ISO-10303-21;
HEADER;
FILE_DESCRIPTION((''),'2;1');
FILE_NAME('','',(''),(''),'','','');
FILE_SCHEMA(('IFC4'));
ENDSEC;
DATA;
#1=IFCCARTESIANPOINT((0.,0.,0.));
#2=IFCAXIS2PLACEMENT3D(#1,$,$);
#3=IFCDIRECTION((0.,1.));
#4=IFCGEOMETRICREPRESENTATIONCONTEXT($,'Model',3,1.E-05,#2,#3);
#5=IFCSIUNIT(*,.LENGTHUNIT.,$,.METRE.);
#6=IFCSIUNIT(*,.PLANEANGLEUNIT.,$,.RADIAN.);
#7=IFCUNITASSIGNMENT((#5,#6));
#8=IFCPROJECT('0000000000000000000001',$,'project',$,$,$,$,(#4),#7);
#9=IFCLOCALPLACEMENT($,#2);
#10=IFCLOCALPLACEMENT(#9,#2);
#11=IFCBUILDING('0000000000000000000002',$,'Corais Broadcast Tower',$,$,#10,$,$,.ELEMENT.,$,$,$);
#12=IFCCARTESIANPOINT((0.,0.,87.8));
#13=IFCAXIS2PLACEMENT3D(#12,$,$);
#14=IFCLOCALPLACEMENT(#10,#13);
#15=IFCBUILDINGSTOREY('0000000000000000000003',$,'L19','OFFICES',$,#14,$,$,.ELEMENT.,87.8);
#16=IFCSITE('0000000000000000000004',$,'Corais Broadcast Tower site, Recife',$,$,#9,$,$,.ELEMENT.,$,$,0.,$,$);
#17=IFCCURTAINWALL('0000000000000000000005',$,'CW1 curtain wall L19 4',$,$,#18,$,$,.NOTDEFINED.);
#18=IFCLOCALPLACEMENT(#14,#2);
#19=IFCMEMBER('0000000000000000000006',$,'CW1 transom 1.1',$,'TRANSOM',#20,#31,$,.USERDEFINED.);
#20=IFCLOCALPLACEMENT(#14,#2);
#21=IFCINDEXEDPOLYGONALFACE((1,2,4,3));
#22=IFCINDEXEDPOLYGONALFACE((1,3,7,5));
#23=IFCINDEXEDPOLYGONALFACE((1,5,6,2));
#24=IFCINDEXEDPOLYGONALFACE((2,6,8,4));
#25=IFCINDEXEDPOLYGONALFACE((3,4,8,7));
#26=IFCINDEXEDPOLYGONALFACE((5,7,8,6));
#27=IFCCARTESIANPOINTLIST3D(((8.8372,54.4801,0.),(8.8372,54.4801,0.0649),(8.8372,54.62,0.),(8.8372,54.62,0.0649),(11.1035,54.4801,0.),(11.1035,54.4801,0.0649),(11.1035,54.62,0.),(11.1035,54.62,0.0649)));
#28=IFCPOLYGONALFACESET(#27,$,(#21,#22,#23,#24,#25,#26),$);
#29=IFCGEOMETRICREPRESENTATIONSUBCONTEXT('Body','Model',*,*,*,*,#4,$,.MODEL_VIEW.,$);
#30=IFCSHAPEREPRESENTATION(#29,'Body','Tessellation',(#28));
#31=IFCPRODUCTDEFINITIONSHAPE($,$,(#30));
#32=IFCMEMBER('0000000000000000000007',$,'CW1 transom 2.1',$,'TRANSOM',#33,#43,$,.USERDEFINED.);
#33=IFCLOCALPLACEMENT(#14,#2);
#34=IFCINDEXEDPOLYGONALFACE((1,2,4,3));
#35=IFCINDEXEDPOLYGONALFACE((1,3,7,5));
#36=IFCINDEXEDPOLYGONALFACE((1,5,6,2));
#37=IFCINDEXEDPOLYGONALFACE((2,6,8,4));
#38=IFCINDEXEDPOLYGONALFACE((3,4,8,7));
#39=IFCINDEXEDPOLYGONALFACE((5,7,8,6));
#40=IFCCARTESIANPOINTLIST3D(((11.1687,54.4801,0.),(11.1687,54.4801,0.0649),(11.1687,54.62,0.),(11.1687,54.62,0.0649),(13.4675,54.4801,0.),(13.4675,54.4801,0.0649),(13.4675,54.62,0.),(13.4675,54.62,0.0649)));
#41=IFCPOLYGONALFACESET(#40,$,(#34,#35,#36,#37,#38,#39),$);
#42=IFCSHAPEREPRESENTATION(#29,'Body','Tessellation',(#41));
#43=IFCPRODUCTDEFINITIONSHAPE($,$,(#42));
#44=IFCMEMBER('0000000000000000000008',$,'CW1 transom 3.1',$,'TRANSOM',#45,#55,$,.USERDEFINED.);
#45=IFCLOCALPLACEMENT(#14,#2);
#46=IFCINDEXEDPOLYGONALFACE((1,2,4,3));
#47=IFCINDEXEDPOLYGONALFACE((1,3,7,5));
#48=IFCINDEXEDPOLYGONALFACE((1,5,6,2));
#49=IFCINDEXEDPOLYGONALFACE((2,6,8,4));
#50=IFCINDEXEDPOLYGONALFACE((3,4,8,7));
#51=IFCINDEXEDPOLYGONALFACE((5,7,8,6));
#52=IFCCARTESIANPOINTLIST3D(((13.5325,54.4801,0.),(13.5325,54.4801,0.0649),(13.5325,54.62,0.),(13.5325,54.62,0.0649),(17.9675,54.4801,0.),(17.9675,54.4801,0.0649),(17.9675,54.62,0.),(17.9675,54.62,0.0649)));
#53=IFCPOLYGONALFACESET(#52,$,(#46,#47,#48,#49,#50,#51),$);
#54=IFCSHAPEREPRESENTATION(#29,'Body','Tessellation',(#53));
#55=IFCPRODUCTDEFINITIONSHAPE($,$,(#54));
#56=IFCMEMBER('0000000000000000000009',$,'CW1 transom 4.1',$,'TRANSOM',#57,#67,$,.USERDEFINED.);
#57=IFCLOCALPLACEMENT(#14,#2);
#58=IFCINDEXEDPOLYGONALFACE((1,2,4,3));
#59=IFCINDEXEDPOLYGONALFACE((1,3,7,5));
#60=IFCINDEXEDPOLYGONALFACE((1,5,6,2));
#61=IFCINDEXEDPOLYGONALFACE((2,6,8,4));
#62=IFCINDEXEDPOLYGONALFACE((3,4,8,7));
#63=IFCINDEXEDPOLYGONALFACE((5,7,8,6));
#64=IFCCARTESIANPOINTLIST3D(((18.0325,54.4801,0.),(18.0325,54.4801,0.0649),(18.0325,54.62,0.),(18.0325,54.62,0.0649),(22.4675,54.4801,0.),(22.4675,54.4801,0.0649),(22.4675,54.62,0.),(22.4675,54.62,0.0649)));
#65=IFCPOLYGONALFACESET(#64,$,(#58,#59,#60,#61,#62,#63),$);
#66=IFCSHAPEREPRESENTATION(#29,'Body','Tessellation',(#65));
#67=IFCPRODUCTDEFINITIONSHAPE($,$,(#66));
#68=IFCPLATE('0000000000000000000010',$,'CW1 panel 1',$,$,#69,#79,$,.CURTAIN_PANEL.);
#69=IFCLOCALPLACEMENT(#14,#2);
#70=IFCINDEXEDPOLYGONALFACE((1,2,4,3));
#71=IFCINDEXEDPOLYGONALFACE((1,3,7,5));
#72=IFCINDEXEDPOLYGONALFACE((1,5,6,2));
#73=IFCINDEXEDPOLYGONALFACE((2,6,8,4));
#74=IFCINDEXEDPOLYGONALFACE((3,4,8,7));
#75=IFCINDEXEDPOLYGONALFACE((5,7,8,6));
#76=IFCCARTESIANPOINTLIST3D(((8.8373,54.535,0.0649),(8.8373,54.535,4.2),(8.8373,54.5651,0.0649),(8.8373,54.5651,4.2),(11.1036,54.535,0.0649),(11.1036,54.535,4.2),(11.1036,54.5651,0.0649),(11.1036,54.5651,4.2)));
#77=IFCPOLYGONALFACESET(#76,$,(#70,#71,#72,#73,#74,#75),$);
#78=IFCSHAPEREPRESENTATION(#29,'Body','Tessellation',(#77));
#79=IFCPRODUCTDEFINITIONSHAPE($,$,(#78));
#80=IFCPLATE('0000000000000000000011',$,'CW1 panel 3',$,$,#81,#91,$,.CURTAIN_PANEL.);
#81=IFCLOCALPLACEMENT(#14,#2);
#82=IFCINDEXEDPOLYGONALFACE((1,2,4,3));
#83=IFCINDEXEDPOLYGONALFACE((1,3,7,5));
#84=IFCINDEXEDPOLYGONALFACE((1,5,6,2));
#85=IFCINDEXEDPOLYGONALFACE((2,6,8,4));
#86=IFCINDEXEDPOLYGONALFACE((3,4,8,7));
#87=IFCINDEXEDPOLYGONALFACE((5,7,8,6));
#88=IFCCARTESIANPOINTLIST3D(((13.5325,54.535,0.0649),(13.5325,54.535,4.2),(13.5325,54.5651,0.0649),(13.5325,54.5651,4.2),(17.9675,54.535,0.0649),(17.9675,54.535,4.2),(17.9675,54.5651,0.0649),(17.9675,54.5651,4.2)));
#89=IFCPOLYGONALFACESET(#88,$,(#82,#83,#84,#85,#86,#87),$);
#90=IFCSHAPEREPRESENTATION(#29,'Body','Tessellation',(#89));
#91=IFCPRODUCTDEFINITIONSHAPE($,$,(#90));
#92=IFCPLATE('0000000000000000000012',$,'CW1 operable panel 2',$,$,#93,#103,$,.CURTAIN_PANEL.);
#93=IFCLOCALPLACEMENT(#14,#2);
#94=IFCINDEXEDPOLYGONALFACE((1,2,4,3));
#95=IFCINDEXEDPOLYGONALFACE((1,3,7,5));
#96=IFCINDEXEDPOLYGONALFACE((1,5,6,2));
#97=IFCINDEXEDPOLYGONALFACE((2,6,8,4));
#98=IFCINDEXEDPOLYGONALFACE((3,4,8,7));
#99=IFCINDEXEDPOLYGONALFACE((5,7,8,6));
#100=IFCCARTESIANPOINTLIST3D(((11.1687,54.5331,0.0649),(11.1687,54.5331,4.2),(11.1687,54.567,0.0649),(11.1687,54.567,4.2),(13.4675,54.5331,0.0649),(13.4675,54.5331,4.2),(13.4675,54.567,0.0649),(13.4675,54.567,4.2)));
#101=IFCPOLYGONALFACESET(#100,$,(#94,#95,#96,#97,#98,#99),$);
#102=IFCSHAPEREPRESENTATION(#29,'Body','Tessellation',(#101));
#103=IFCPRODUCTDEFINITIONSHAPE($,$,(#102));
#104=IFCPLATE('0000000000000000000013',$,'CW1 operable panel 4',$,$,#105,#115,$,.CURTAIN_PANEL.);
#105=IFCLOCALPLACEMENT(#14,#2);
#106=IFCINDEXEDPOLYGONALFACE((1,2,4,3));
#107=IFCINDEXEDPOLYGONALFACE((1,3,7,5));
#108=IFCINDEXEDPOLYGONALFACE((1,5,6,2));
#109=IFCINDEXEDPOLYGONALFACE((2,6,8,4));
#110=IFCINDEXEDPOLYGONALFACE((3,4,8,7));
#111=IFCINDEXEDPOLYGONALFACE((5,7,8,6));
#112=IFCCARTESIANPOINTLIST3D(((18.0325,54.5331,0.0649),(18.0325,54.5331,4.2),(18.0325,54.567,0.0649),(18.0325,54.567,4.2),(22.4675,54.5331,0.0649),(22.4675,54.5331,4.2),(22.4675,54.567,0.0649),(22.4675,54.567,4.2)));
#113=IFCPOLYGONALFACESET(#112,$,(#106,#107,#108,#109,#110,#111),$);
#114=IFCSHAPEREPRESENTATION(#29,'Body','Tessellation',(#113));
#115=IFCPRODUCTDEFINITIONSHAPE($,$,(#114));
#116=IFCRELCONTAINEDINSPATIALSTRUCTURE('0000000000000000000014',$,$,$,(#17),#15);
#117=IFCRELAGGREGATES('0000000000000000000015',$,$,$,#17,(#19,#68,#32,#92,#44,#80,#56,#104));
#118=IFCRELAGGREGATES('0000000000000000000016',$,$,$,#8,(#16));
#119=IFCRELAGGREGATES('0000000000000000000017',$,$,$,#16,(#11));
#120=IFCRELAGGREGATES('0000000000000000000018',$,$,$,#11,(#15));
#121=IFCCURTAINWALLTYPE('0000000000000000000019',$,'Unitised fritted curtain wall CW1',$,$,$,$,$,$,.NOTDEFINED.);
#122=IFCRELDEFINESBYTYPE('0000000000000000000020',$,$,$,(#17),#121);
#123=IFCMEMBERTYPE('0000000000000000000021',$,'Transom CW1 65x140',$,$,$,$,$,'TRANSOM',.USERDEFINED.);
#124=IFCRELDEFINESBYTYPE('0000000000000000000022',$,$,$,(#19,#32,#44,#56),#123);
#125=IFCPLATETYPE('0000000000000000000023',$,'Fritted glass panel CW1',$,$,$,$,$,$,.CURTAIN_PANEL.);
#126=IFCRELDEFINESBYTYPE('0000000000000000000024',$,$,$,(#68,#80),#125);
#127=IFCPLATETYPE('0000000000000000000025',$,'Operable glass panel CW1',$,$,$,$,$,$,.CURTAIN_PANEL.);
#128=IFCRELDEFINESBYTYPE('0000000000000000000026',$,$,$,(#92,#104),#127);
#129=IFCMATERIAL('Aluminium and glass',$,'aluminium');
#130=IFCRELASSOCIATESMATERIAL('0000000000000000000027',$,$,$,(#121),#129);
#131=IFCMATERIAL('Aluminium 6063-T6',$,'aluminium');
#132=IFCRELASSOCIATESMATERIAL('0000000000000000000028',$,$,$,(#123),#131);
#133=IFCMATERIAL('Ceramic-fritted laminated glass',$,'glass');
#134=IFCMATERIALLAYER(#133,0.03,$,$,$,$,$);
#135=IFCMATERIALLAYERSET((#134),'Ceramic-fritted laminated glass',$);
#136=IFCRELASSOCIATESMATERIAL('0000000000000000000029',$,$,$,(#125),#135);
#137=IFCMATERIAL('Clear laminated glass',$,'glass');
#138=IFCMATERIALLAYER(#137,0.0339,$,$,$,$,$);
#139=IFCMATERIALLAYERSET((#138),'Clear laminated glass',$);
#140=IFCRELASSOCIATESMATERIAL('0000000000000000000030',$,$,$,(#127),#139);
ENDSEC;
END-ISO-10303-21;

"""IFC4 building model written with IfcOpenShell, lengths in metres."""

from ifc_helpers import new_model, si_unit, direction, frame, origin, origin_2d, place, context, subcontext, project, spatial, rectangle, extrude, material, layer, layer_set, material_profile, profile_set, type_object, element, aggregate, save


model = new_model("IFC4")

# Units and contexts
model_context = context("Model", 3, precision=1e-05, world=origin(), true_north=direction((0.0, 1.0)))
body_context = subcontext(model_context, "Body", "Model", "MODEL_VIEW")
ifc_project = project(units=[si_unit("LENGTHUNIT", "METRE"), si_unit("PLANEANGLEUNIT", "RADIAN")], contexts=[model_context])

# Site, building, storey
site_placement = place(None, origin())
site = spatial("IfcSite", under=ifc_project, at=site_placement, Name="Corais Broadcast Tower site, Recife", CompositionType="ELEMENT", RefElevation=0.0)
building_placement = place(site_placement, origin())
building = spatial("IfcBuilding", under=site, at=building_placement, Name="Corais Broadcast Tower", CompositionType="ELEMENT")
storey_placement = place(building_placement, frame((0.0, 0.0, 87.8)))
storey = spatial("IfcBuildingStorey", under=building, at=storey_placement, Name="L19", Description="OFFICES", CompositionType="ELEMENT", Elevation=87.8)

# Shared definitions
ifc_material_1 = material(Name="Aluminium and glass", Category="aluminium")
curtain_wall_type = type_object("IfcCurtainWallType", Name="Unitised fritted curtain wall CW1", PredefinedType="NOTDEFINED", material=ifc_material_1)

# Curtain wall
curtain_wall_1_placement = place(storey_placement, origin())
curtain_wall_1 = element("IfcCurtainWall", 1, at=curtain_wall_1_placement, inside=storey, type_object=curtain_wall_type, Name="CW1 curtain wall L19 4", PredefinedType="NOTDEFINED")

# Members
ifc_material_2 = material(Name="Aluminium 6063-T6", Category="aluminium")
ifc_material_profile_1 = material_profile(ifc_material_2, rectangle(XDim=0.1399, YDim=0.0649, at=origin_2d()), Name="Transom CW1 65x140")
ifc_profile_set_1 = profile_set([ifc_material_profile_1], Name="Aluminium 6063-T6")
member_type_1 = type_object("IfcMemberType", Name="Transom CW1 65x140", ElementType="TRANSOM", PredefinedType="USERDEFINED", material=ifc_profile_set_1)
member_1_placement = place(storey_placement, frame((8.8372, 54.55, 0.0325), z_axis=(1.0, 0.0, 0.0), x_axis=(0.0, 1.0, 0.0)))
member_1 = element("IfcMember", 2, at=member_1_placement, type_object=member_type_1, Name="CW1 transom 1.1", ObjectType="TRANSOM", PredefinedType="USERDEFINED", context=body_context, shape_type="SweptSolid", body=[
    extrude(rectangle(XDim=0.1399, YDim=0.0649, at=origin_2d()), origin(), (0.0, 0.0, 1.0), 2.2664),
])
member_2_placement = place(storey_placement, frame((11.1687, 54.55, 0.0325), z_axis=(1.0, 0.0, 0.0), x_axis=(0.0, 1.0, 0.0)))
member_2 = element("IfcMember", 3, at=member_2_placement, type_object=member_type_1, Name="CW1 transom 2.1", ObjectType="TRANSOM", PredefinedType="USERDEFINED", context=body_context, shape_type="SweptSolid", body=[
    extrude(rectangle(XDim=0.1399, YDim=0.0649, at=origin_2d()), origin(), (0.0, 0.0, 1.0), 2.2988),
])
member_3_placement = place(storey_placement, frame((13.5325, 54.55, 0.0325), z_axis=(1.0, 0.0, 0.0), x_axis=(0.0, 1.0, 0.0)))
member_3 = element("IfcMember", 4, at=member_3_placement, type_object=member_type_1, Name="CW1 transom 3.1", ObjectType="TRANSOM", PredefinedType="USERDEFINED", context=body_context, shape_type="SweptSolid", body=[
    extrude(rectangle(XDim=0.1399, YDim=0.0649, at=origin_2d()), origin(), (0.0, 0.0, 1.0), 4.4351),
])
member_4_placement = place(storey_placement, frame((18.0325, 54.55, 0.0325), z_axis=(1.0, 0.0, 0.0), x_axis=(0.0, 1.0, 0.0)))
member_4 = element("IfcMember", 5, at=member_4_placement, type_object=member_type_1, Name="CW1 transom 4.1", ObjectType="TRANSOM", PredefinedType="USERDEFINED", context=body_context, shape_type="SweptSolid", body=[
    extrude(rectangle(XDim=0.1399, YDim=0.0649, at=origin_2d()), origin(), (0.0, 0.0, 1.0), 4.4351),
])

# Plates
ifc_material_3 = material(Name="Ceramic-fritted laminated glass", Category="glass")
ifc_layer_1 = layer(ifc_material_3, 0.03)
ifc_layer_set_1 = layer_set([ifc_layer_1], Name="Ceramic-fritted laminated glass")
plate_type_1 = type_object("IfcPlateType", Name="Fritted glass panel CW1", PredefinedType="CURTAIN_PANEL", material=ifc_layer_set_1)
plate_1_placement = place(storey_placement, frame((9.9705, 54.55, 0.0649), z_axis=(0.0, 0.0, 1.0), x_axis=(1.0, 0.0, 0.0)))
plate_1 = element("IfcPlate", 6, at=plate_1_placement, type_object=plate_type_1, Name="CW1 panel 1", PredefinedType="CURTAIN_PANEL", context=body_context, shape_type="SweptSolid", body=[
    extrude(rectangle(XDim=2.2664, YDim=0.03, at=origin_2d()), origin(), (0.0, 0.0, 1.0), 4.135),
])
plate_2_placement = place(storey_placement, frame((15.75, 54.55, 0.0649), z_axis=(0.0, 0.0, 1.0), x_axis=(1.0, 0.0, 0.0)))
plate_2 = element("IfcPlate", 7, at=plate_2_placement, type_object=plate_type_1, Name="CW1 panel 3", PredefinedType="CURTAIN_PANEL", context=body_context, shape_type="SweptSolid", body=[
    extrude(rectangle(XDim=4.4351, YDim=0.03, at=origin_2d()), origin(), (0.0, 0.0, 1.0), 4.135),
])
ifc_material_4 = material(Name="Clear laminated glass", Category="glass")
ifc_layer_2 = layer(ifc_material_4, 0.0339)
ifc_layer_set_2 = layer_set([ifc_layer_2], Name="Clear laminated glass")
plate_type_2 = type_object("IfcPlateType", Name="Operable glass panel CW1", PredefinedType="CURTAIN_PANEL", material=ifc_layer_set_2)
plate_3_placement = place(storey_placement, frame((12.3181, 54.55, 0.0649), z_axis=(0.0, 0.0, 1.0), x_axis=(1.0, 0.0, 0.0)))
plate_3 = element("IfcPlate", 8, at=plate_3_placement, type_object=plate_type_2, Name="CW1 operable panel 2", PredefinedType="CURTAIN_PANEL", context=body_context, shape_type="SweptSolid", body=[
    extrude(rectangle(XDim=2.2988, YDim=0.0339, at=origin_2d()), origin(), (0.0, 0.0, 1.0), 4.135),
])
plate_4_placement = place(storey_placement, frame((20.25, 54.55, 0.0649), z_axis=(0.0, 0.0, 1.0), x_axis=(1.0, 0.0, 0.0)))
plate_4 = element("IfcPlate", 9, at=plate_4_placement, type_object=plate_type_2, Name="CW1 operable panel 4", PredefinedType="CURTAIN_PANEL", context=body_context, shape_type="SweptSolid", body=[
    extrude(rectangle(XDim=4.4351, YDim=0.0339, at=origin_2d()), origin(), (0.0, 0.0, 1.0), 4.135),
])
aggregate(curtain_wall_1, [member_1, plate_1, member_2, plate_3, member_3, plate_2, member_4, plate_4])

save(model, "model.ifc")
